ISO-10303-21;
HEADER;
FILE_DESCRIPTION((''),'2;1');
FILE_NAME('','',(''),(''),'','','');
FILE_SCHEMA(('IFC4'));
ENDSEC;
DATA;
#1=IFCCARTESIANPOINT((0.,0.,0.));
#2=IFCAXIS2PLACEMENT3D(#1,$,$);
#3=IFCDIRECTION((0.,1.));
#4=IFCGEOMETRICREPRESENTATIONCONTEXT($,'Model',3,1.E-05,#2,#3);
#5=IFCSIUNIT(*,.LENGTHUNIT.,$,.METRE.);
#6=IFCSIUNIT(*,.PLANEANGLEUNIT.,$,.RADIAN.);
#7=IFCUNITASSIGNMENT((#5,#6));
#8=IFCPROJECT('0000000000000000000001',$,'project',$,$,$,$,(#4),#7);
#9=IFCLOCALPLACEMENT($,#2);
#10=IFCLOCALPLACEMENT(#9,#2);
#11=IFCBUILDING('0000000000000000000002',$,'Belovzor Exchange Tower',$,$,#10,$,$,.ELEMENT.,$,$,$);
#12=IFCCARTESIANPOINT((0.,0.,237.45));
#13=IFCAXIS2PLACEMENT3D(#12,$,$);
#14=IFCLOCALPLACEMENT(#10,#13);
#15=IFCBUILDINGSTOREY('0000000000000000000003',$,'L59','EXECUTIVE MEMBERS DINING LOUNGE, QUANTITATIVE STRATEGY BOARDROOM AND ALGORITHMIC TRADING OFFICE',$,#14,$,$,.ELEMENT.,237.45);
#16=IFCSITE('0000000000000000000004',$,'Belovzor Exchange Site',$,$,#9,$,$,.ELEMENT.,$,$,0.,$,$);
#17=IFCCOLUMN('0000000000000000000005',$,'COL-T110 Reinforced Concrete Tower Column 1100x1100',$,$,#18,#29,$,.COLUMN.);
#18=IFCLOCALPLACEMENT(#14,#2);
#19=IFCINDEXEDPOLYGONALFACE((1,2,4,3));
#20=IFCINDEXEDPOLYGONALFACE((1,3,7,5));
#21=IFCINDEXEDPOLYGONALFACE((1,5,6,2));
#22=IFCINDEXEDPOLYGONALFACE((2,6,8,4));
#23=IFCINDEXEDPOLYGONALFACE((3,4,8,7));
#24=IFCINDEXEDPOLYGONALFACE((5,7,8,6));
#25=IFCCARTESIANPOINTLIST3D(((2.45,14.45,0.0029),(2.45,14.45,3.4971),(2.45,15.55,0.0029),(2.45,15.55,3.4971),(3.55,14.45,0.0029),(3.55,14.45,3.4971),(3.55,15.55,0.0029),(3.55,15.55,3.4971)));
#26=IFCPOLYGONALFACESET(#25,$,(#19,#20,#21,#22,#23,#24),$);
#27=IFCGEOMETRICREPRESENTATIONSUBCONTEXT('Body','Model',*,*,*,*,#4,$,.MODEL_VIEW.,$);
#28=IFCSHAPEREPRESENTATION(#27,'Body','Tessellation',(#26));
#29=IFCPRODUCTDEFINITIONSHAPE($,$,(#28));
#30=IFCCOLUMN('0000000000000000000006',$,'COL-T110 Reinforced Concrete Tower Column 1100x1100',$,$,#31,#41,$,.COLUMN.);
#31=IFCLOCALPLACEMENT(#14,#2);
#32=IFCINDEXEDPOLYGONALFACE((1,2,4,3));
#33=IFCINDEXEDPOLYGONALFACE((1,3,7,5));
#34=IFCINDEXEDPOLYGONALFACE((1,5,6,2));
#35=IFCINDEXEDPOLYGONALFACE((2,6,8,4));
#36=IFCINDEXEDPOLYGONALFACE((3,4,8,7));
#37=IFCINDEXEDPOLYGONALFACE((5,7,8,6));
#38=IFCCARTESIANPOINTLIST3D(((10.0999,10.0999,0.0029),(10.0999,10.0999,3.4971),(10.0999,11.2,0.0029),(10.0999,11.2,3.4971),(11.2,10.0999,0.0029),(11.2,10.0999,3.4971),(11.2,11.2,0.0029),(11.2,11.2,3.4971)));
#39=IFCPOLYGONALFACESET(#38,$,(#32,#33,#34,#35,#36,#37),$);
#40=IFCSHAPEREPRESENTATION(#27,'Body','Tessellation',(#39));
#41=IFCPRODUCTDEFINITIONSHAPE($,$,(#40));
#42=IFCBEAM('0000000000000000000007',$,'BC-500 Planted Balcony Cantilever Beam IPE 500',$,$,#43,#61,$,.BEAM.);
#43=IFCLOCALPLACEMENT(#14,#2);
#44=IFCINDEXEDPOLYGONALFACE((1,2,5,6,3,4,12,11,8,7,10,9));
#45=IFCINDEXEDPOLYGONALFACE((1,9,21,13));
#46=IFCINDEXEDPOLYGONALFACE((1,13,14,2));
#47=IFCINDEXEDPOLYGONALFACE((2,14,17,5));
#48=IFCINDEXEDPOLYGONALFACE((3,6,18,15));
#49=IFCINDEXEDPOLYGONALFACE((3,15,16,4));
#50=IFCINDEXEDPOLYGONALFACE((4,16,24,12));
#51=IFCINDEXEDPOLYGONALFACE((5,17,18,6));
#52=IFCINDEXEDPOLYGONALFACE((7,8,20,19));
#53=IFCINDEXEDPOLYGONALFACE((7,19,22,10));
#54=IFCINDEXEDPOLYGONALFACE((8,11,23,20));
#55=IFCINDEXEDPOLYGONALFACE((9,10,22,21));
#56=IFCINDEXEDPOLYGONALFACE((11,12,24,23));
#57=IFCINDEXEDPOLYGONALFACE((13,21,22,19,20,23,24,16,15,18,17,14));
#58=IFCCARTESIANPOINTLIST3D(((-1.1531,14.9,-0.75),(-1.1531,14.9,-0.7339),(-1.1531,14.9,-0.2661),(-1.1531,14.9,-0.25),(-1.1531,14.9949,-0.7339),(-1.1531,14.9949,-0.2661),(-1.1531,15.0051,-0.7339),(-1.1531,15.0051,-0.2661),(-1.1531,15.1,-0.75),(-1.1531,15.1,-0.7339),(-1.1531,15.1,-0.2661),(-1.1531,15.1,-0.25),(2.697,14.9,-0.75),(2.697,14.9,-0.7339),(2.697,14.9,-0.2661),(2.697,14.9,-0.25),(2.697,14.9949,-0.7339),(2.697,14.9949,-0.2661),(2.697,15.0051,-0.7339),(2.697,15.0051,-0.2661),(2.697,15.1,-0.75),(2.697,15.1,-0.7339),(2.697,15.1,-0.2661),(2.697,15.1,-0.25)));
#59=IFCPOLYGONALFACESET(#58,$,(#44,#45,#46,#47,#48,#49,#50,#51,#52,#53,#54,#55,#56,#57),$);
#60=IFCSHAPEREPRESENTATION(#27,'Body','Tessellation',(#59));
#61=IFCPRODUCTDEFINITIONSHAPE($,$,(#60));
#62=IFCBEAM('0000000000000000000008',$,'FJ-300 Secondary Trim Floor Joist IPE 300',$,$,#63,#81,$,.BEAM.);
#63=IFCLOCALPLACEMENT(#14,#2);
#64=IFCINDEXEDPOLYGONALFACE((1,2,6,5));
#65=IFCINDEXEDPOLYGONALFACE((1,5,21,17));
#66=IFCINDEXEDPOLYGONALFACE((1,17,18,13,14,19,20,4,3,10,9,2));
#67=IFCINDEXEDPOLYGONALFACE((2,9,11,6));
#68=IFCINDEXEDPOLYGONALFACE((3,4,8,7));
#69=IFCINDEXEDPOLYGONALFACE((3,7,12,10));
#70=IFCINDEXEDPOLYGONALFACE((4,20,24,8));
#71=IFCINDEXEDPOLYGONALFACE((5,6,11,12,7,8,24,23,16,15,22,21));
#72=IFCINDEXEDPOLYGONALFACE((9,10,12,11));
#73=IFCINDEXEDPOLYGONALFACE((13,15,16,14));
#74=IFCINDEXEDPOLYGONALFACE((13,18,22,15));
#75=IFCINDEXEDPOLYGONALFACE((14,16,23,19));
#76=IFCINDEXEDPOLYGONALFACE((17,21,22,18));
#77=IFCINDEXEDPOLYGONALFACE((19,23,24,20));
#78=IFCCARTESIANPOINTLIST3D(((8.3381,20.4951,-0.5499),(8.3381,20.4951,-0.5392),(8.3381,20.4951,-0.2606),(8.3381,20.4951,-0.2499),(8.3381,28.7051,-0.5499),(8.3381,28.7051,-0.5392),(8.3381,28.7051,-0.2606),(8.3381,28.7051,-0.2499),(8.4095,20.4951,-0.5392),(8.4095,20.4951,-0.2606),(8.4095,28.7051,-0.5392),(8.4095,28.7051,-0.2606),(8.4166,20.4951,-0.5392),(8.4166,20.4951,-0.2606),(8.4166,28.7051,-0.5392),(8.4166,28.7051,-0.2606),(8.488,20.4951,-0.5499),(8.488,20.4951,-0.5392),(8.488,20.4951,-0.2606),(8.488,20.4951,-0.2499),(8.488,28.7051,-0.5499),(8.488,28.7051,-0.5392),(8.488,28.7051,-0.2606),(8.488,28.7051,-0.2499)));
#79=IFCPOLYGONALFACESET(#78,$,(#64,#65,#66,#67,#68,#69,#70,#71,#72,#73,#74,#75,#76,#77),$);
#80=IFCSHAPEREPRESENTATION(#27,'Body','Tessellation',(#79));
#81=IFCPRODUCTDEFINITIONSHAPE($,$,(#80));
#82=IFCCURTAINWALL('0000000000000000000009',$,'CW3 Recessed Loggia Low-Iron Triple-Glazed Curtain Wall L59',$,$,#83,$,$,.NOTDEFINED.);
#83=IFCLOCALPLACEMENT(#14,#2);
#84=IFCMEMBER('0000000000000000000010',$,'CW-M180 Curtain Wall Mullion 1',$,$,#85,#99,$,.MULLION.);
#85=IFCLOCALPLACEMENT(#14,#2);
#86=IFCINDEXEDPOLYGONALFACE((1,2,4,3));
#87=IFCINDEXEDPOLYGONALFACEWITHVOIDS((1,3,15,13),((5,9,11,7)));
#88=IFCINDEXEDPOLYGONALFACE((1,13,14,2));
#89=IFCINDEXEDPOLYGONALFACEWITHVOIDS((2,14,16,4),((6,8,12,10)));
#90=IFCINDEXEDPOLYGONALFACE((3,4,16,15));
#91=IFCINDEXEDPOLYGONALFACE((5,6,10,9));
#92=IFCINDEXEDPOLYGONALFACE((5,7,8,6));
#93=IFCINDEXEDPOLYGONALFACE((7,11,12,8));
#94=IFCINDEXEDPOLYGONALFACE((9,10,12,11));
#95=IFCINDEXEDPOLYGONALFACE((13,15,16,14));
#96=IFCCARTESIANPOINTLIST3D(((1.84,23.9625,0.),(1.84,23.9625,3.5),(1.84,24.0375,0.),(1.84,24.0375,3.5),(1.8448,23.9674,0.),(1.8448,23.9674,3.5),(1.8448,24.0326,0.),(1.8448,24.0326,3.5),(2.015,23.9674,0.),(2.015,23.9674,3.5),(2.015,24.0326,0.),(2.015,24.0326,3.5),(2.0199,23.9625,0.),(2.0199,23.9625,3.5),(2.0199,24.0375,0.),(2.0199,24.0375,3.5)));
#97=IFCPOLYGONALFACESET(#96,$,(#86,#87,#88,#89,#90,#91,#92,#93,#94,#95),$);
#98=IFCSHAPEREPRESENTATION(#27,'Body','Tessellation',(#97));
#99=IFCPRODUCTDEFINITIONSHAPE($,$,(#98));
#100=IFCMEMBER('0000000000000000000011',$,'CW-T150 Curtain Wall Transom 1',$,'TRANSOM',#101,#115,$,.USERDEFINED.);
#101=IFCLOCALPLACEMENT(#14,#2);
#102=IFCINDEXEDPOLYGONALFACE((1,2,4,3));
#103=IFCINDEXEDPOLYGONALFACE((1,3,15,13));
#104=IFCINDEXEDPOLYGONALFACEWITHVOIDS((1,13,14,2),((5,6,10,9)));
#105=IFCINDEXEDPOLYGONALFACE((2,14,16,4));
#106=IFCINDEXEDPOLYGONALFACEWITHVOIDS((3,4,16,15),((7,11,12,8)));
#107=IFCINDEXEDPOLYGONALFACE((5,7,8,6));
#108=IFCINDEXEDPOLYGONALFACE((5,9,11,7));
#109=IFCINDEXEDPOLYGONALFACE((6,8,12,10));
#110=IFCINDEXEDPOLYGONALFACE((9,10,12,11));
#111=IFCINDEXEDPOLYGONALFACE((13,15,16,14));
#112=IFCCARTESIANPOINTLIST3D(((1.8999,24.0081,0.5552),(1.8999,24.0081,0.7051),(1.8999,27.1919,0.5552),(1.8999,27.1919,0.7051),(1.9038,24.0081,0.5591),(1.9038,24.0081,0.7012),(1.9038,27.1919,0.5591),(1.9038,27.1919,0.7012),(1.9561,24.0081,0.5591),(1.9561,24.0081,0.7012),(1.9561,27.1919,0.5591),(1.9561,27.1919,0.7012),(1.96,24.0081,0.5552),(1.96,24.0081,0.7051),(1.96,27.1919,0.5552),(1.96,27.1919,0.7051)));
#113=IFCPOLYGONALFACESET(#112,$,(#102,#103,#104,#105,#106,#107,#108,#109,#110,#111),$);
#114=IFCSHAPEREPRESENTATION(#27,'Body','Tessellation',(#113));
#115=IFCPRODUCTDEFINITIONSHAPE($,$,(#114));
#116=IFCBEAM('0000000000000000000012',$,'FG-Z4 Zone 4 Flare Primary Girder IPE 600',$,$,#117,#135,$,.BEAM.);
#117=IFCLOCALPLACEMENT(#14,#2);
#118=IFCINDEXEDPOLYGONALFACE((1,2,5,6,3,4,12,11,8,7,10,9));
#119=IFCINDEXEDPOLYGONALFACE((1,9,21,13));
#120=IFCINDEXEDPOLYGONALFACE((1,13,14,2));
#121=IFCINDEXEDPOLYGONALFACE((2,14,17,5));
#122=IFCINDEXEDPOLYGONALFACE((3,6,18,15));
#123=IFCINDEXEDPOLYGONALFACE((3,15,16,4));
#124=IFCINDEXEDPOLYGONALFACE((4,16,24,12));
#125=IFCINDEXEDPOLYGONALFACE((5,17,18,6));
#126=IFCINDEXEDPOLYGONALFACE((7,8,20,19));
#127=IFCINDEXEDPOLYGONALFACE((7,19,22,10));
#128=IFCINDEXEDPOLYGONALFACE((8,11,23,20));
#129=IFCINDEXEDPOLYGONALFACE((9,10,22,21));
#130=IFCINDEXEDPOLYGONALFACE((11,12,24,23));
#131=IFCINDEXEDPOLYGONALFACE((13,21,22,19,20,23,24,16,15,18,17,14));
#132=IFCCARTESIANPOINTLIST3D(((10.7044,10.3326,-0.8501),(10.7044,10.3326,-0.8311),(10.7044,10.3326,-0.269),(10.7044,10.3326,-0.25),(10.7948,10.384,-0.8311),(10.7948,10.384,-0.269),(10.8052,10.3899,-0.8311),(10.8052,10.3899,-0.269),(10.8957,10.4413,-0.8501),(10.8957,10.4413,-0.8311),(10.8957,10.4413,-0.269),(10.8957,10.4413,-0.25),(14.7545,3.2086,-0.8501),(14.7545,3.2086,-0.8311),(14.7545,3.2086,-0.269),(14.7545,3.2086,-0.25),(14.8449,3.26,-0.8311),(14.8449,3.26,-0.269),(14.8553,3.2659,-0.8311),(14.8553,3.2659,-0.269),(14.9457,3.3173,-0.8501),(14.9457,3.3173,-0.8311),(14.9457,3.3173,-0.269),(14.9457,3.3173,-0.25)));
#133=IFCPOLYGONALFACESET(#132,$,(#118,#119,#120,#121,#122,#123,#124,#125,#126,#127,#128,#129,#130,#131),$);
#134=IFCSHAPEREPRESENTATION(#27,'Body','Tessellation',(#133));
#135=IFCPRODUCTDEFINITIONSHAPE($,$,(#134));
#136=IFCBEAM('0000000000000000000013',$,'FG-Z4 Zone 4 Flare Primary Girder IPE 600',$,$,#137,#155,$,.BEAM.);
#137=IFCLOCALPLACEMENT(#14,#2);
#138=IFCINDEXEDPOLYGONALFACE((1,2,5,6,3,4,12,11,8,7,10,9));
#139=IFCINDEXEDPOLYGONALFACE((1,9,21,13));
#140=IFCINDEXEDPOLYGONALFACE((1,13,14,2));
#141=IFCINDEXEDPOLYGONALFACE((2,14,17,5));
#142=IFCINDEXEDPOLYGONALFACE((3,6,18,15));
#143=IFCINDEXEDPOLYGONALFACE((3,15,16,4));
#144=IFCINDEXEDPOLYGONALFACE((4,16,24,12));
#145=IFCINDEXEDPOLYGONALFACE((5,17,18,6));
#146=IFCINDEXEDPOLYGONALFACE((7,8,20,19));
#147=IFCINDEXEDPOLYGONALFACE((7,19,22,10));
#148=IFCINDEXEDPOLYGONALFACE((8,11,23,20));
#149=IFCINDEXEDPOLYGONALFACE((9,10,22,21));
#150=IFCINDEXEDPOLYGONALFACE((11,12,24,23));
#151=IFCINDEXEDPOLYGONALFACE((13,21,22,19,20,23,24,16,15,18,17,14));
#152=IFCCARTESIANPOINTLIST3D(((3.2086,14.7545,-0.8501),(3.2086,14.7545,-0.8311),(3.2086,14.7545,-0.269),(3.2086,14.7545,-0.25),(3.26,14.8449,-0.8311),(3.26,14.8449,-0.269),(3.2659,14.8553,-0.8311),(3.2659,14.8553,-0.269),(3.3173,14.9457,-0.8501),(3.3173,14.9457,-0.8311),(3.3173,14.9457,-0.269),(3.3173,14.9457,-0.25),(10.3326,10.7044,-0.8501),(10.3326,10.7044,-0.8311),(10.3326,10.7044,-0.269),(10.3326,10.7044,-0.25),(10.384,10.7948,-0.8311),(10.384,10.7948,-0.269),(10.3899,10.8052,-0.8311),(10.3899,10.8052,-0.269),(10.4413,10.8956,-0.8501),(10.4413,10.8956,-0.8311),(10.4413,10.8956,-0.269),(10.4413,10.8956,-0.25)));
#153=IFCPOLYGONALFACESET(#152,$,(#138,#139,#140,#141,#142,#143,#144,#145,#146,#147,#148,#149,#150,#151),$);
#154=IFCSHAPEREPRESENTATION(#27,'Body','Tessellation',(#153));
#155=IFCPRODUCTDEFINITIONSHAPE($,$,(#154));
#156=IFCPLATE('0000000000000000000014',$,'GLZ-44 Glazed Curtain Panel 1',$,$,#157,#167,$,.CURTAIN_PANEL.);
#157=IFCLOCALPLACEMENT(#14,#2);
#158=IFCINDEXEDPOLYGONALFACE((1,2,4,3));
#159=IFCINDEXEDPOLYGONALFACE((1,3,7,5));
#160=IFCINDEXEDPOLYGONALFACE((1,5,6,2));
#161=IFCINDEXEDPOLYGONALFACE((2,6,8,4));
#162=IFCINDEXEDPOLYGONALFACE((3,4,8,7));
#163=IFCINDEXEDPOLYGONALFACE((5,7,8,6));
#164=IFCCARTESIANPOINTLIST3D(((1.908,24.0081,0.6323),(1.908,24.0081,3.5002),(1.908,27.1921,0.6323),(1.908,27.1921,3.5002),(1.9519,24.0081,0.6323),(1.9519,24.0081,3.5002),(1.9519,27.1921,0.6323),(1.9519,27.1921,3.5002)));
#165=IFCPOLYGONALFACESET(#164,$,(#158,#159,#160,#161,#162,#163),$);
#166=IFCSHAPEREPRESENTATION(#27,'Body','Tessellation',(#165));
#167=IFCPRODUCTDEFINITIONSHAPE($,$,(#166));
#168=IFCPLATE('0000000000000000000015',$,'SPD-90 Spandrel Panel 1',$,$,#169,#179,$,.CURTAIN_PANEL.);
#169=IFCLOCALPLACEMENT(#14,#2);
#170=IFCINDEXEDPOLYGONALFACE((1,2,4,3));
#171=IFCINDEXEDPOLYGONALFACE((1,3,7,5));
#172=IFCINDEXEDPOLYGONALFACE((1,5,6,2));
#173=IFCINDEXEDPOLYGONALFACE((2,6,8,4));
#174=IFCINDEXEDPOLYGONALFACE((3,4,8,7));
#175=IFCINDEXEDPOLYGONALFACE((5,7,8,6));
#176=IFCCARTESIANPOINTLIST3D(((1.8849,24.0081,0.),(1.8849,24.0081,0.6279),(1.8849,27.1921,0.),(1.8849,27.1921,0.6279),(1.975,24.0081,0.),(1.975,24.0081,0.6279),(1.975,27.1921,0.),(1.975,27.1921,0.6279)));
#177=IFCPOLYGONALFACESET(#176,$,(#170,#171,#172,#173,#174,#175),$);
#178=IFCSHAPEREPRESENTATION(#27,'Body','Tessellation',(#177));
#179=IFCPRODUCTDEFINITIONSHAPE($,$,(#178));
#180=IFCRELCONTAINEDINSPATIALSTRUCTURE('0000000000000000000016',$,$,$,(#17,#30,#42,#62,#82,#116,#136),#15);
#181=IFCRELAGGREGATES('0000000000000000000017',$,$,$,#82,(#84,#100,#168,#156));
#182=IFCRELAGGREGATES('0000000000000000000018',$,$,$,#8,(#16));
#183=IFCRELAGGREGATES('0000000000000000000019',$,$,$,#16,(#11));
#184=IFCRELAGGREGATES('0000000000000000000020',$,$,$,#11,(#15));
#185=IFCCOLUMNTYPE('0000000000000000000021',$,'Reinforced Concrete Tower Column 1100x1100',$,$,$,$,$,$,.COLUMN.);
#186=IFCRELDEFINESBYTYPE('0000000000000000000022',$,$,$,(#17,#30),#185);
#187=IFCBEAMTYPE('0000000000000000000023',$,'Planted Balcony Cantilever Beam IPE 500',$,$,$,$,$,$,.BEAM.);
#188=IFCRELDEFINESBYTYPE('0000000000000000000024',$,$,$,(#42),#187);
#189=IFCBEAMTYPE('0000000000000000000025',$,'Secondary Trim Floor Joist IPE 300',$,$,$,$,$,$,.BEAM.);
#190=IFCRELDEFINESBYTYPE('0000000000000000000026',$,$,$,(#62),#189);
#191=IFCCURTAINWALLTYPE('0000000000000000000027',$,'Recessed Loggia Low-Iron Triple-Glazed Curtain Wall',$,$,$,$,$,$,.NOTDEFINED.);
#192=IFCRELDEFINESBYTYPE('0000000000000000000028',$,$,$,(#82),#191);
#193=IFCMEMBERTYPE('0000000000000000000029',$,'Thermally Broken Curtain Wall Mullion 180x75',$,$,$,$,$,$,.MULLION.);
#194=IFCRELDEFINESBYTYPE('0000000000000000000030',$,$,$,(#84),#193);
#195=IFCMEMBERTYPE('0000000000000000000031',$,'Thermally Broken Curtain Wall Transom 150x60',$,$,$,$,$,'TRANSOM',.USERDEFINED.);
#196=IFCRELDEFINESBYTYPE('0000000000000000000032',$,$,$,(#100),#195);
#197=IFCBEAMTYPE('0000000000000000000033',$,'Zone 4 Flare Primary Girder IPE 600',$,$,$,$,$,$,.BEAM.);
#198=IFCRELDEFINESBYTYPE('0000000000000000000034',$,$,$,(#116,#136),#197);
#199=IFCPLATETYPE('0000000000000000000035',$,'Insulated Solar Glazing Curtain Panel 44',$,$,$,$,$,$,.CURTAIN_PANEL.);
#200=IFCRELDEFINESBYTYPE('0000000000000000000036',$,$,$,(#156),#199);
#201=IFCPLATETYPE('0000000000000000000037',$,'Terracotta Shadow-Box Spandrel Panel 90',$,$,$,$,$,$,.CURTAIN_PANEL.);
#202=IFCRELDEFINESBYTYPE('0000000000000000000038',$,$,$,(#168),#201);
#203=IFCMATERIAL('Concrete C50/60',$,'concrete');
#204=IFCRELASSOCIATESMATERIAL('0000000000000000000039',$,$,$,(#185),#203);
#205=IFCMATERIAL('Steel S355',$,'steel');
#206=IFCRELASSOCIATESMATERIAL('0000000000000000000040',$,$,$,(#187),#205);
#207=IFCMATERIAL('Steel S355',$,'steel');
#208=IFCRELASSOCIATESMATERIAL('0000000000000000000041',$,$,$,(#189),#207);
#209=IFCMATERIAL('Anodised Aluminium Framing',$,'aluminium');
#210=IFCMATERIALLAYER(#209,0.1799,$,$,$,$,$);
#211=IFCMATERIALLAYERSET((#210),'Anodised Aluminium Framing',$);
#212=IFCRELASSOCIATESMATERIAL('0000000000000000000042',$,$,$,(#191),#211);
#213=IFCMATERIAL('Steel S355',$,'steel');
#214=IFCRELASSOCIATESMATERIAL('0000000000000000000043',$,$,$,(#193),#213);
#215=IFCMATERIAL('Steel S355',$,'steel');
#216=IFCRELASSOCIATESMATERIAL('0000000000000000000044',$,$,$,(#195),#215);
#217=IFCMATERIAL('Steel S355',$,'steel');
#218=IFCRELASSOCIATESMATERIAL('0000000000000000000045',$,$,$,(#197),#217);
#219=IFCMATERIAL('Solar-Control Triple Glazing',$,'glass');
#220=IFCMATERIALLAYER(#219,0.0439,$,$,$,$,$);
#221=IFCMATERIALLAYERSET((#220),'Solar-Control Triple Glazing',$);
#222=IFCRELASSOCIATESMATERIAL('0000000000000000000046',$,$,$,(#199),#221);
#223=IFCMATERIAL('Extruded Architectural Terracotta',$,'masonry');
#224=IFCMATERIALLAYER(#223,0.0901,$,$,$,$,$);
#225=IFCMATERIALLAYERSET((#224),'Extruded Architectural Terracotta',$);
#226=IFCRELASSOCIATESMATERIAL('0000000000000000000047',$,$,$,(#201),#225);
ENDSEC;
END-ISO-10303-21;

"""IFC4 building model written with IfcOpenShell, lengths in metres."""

from ifc_helpers import new_model, si_unit, direction, frame, origin, origin_2d, place, context, subcontext, project, spatial, rectangle, hollow_rectangle, i_section, extrude, material, layer, layer_set, material_profile, profile_set, type_object, element, aggregate, save


model = new_model("IFC4")

# Units and contexts
model_context = context("Model", 3, precision=1e-05, world=origin(), true_north=direction((0.0, 1.0)))
body_context = subcontext(model_context, "Body", "Model", "MODEL_VIEW")
ifc_project = project(units=[si_unit("LENGTHUNIT", "METRE"), si_unit("PLANEANGLEUNIT", "RADIAN")], contexts=[model_context])

# Site, building, storey
site_placement = place(None, origin())
site = spatial("IfcSite", under=ifc_project, at=site_placement, Name="Belovzor Exchange Site", CompositionType="ELEMENT", RefElevation=0.0)
building_placement = place(site_placement, origin())
building = spatial("IfcBuilding", under=site, at=building_placement, Name="Belovzor Exchange Tower", CompositionType="ELEMENT")
storey_placement = place(building_placement, frame((0.0, 0.0, 237.45)))
storey = spatial("IfcBuildingStorey", under=building, at=storey_placement, Name="L59", Description="EXECUTIVE MEMBERS DINING LOUNGE, QUANTITATIVE STRATEGY BOARDROOM AND ALGORITHMIC TRADING OFFICE", CompositionType="ELEMENT", Elevation=237.45)

# Columns
ifc_material_1 = material(Name="Concrete C50/60", Category="concrete")
ifc_material_profile_1 = material_profile(ifc_material_1, rectangle(XDim=1.1001, YDim=1.1001, at=origin_2d()))
ifc_profile_set_1 = profile_set([ifc_material_profile_1], Name="Concrete C50/60")
column_type = type_object("IfcColumnType", Name="Reinforced Concrete Tower Column 1100x1100", PredefinedType="COLUMN", material=ifc_profile_set_1)
for number, where, z_axis, x_axis, name in (
    (1, (3.0, 15.0, 0.0029), (0.0, 0.0, 1.0), (1.0, 0.0, 0.0), "COL-T110 Reinforced Concrete Tower Column 1100x1100"),
    (2, (10.6499, 10.6499, 0.0029), (0.0, 0.0, 1.0), (1.0, 0.0, 0.0), "COL-T110 Reinforced Concrete Tower Column 1100x1100"),
):
    element("IfcColumn", number, at=place(storey_placement, frame(where, z_axis=z_axis, x_axis=x_axis)), inside=storey, type_object=column_type, Name=name, PredefinedType="COLUMN", context=body_context, shape_type="SweptSolid", body=[
        extrude(rectangle(XDim=1.1001, YDim=1.1001, at=origin_2d()), origin(), (0.0, 0.0, 1.0), 3.4941),
    ])

# Beams
ifc_material_2 = material(Name="Steel S355", Category="steel")
ifc_material_profile_2 = material_profile(ifc_material_2, i_section(OverallWidth=0.2, OverallDepth=0.5, WebThickness=0.0103, FlangeThickness=0.0161, at=origin_2d()))
ifc_profile_set_2 = profile_set([ifc_material_profile_2], Name="Steel S355")
beam_type_1 = type_object("IfcBeamType", Name="Planted Balcony Cantilever Beam IPE 500", PredefinedType="BEAM", material=ifc_profile_set_2)
beam_1_placement = place(storey_placement, frame((2.697, 15.0, -0.5), z_axis=(-1.0, 0.0, 0.0), x_axis=(0.0, -1.0, 0.0)))
element("IfcBeam", 3, at=beam_1_placement, inside=storey, type_object=beam_type_1, Name="BC-500 Planted Balcony Cantilever Beam IPE 500", PredefinedType="BEAM", context=body_context, shape_type="SweptSolid", body=[
    extrude(i_section(OverallWidth=0.2, OverallDepth=0.5, WebThickness=0.0103, FlangeThickness=0.0161, at=origin_2d()), origin(), (0.0, 0.0, 1.0), 3.8501),
])
ifc_material_3 = material(Name="Steel S355", Category="steel")
ifc_material_profile_3 = material_profile(ifc_material_3, i_section(OverallWidth=0.1499, OverallDepth=0.3, WebThickness=0.0071, FlangeThickness=0.0107, at=origin_2d()))
ifc_profile_set_3 = profile_set([ifc_material_profile_3], Name="Steel S355")
beam_type_2 = type_object("IfcBeamType", Name="Secondary Trim Floor Joist IPE 300", PredefinedType="BEAM", material=ifc_profile_set_3)
beam_2_placement = place(storey_placement, frame((8.4131, 20.4951, -0.3999), z_axis=(0.0, 1.0, 0.0), x_axis=(-1.0, 0.0, 0.0)))
element("IfcBeam", 4, at=beam_2_placement, inside=storey, type_object=beam_type_2, Name="FJ-300 Secondary Trim Floor Joist IPE 300", PredefinedType="BEAM", context=body_context, shape_type="SweptSolid", body=[
    extrude(i_section(OverallWidth=0.1499, OverallDepth=0.3, WebThickness=0.0071, FlangeThickness=0.0107, at=origin_2d()), origin(), (0.0, 0.0, 1.0), 8.21),
])

# Curtain wall, members
ifc_material_4 = material(Name="Anodised Aluminium Framing", Category="aluminium")
ifc_layer_1 = layer(ifc_material_4, 0.1799)
ifc_layer_set_1 = layer_set([ifc_layer_1], Name="Anodised Aluminium Framing")
curtain_wall_type = type_object("IfcCurtainWallType", Name="Recessed Loggia Low-Iron Triple-Glazed Curtain Wall", PredefinedType="NOTDEFINED", material=ifc_layer_set_1)
curtain_wall_placement = place(storey_placement, origin())
curtain_wall = element("IfcCurtainWall", 5, at=curtain_wall_placement, inside=storey, type_object=curtain_wall_type, Name="CW3 Recessed Loggia Low-Iron Triple-Glazed Curtain Wall L59", PredefinedType="NOTDEFINED")
ifc_material_5 = material(Name="Steel S355", Category="steel")
ifc_material_profile_4 = material_profile(ifc_material_5, hollow_rectangle(XDim=0.075, YDim=0.1799, WallThickness=0.0049, at=origin_2d()))
ifc_profile_set_4 = profile_set([ifc_material_profile_4], Name="Steel S355")
member_type_1 = type_object("IfcMemberType", Name="Thermally Broken Curtain Wall Mullion 180x75", PredefinedType="MULLION", material=ifc_profile_set_4)
member_1_placement = place(storey_placement, frame((1.9299, 24.0, 0.0), z_axis=(0.0, 0.0, 1.0), x_axis=(0.0, 1.0, 0.0)))
member_1 = element("IfcMember", 6, at=member_1_placement, type_object=member_type_1, Name="CW-M180 Curtain Wall Mullion 1", PredefinedType="MULLION", context=body_context, shape_type="SweptSolid", body=[
    extrude(hollow_rectangle(XDim=0.075, YDim=0.1799, WallThickness=0.0049, at=origin_2d()), origin(), (0.0, 0.0, 1.0), 3.5),
])
ifc_material_6 = material(Name="Steel S355", Category="steel")
ifc_material_profile_5 = material_profile(ifc_material_6, hollow_rectangle(XDim=0.0601, YDim=0.1499, WallThickness=0.0039, at=origin_2d()))
ifc_profile_set_5 = profile_set([ifc_material_profile_5], Name="Steel S355")
member_type_2 = type_object("IfcMemberType", Name="Thermally Broken Curtain Wall Transom 150x60", ElementType="TRANSOM", PredefinedType="USERDEFINED", material=ifc_profile_set_5)
member_2_placement = place(storey_placement, frame((1.9299, 24.0081, 0.6301), z_axis=(0.0, 1.0, 0.0), x_axis=(-1.0, 0.0, 0.0)))
member_2 = element("IfcMember", 7, at=member_2_placement, type_object=member_type_2, Name="CW-T150 Curtain Wall Transom 1", ObjectType="TRANSOM", PredefinedType="USERDEFINED", context=body_context, shape_type="SweptSolid", body=[
    extrude(hollow_rectangle(XDim=0.0601, YDim=0.1499, WallThickness=0.0039, at=origin_2d()), origin(), (0.0, 0.0, 1.0), 3.1838),
])

# Beams
ifc_material_7 = material(Name="Steel S355", Category="steel")
ifc_material_profile_6 = material_profile(ifc_material_7, i_section(OverallWidth=0.22, OverallDepth=0.6001, WebThickness=0.012, FlangeThickness=0.019, at=origin_2d()))
ifc_profile_set_6 = profile_set([ifc_material_profile_6], Name="Steel S355")
beam_type_3 = type_object("IfcBeamType", Name="Zone 4 Flare Primary Girder IPE 600", PredefinedType="BEAM", material=ifc_profile_set_6)
for number, where, z_axis, x_axis, name in (
    (8, (10.8, 10.387, -0.55), (0.494222, -0.869336, 0.0), (0.869336, 0.494222, 0.0), "FG-Z4 Zone 4 Flare Primary Girder IPE 600"),
    (9, (3.2629, 14.8501, -0.55), (0.869336, -0.494222, 0.0), (0.494222, 0.869336, 0.0), "FG-Z4 Zone 4 Flare Primary Girder IPE 600"),
):
    element("IfcBeam", number, at=place(storey_placement, frame(where, z_axis=z_axis, x_axis=x_axis)), inside=storey, type_object=beam_type_3, Name=name, PredefinedType="BEAM", context=body_context, shape_type="SweptSolid", body=[
        extrude(i_section(OverallWidth=0.22, OverallDepth=0.6001, WebThickness=0.012, FlangeThickness=0.019, at=origin_2d()), origin(), (0.0, 0.0, 1.0), 8.1948),
    ])

# Plates
ifc_material_8 = material(Name="Solar-Control Triple Glazing", Category="glass")
ifc_layer_2 = layer(ifc_material_8, 0.0439)
ifc_layer_set_2 = layer_set([ifc_layer_2], Name="Solar-Control Triple Glazing")
plate_type_1 = type_object("IfcPlateType", Name="Insulated Solar Glazing Curtain Panel 44", PredefinedType="CURTAIN_PANEL", material=ifc_layer_set_2)
plate_1_placement = place(storey_placement, frame((1.9299, 25.6001, 0.6323), z_axis=(0.0, 0.0, 1.0), x_axis=(0.0, 1.0, 0.0)))
plate_1 = element("IfcPlate", 10, at=plate_1_placement, type_object=plate_type_1, Name="GLZ-44 Glazed Curtain Panel 1", PredefinedType="CURTAIN_PANEL", context=body_context, shape_type="SweptSolid", body=[
    extrude(rectangle(XDim=3.1841, YDim=0.0439, at=origin_2d()), origin(), (0.0, 0.0, 1.0), 2.8679),
])
ifc_material_9 = material(Name="Extruded Architectural Terracotta", Category="masonry")
ifc_layer_3 = layer(ifc_material_9, 0.0901)
ifc_layer_set_3 = layer_set([ifc_layer_3], Name="Extruded Architectural Terracotta")
plate_type_2 = type_object("IfcPlateType", Name="Terracotta Shadow-Box Spandrel Panel 90", PredefinedType="CURTAIN_PANEL", material=ifc_layer_set_3)
plate_2_placement = place(storey_placement, frame((1.9299, 25.6001, 0.0), z_axis=(0.0, 0.0, 1.0), x_axis=(0.0, 1.0, 0.0)))
plate_2 = element("IfcPlate", 11, at=plate_2_placement, type_object=plate_type_2, Name="SPD-90 Spandrel Panel 1", PredefinedType="CURTAIN_PANEL", context=body_context, shape_type="SweptSolid", body=[
    extrude(rectangle(XDim=3.1841, YDim=0.0901, at=origin_2d()), origin(), (0.0, 0.0, 1.0), 0.6279),
])
aggregate(curtain_wall, [member_1, member_2, plate_2, plate_1])

save(model, "model.ifc")
